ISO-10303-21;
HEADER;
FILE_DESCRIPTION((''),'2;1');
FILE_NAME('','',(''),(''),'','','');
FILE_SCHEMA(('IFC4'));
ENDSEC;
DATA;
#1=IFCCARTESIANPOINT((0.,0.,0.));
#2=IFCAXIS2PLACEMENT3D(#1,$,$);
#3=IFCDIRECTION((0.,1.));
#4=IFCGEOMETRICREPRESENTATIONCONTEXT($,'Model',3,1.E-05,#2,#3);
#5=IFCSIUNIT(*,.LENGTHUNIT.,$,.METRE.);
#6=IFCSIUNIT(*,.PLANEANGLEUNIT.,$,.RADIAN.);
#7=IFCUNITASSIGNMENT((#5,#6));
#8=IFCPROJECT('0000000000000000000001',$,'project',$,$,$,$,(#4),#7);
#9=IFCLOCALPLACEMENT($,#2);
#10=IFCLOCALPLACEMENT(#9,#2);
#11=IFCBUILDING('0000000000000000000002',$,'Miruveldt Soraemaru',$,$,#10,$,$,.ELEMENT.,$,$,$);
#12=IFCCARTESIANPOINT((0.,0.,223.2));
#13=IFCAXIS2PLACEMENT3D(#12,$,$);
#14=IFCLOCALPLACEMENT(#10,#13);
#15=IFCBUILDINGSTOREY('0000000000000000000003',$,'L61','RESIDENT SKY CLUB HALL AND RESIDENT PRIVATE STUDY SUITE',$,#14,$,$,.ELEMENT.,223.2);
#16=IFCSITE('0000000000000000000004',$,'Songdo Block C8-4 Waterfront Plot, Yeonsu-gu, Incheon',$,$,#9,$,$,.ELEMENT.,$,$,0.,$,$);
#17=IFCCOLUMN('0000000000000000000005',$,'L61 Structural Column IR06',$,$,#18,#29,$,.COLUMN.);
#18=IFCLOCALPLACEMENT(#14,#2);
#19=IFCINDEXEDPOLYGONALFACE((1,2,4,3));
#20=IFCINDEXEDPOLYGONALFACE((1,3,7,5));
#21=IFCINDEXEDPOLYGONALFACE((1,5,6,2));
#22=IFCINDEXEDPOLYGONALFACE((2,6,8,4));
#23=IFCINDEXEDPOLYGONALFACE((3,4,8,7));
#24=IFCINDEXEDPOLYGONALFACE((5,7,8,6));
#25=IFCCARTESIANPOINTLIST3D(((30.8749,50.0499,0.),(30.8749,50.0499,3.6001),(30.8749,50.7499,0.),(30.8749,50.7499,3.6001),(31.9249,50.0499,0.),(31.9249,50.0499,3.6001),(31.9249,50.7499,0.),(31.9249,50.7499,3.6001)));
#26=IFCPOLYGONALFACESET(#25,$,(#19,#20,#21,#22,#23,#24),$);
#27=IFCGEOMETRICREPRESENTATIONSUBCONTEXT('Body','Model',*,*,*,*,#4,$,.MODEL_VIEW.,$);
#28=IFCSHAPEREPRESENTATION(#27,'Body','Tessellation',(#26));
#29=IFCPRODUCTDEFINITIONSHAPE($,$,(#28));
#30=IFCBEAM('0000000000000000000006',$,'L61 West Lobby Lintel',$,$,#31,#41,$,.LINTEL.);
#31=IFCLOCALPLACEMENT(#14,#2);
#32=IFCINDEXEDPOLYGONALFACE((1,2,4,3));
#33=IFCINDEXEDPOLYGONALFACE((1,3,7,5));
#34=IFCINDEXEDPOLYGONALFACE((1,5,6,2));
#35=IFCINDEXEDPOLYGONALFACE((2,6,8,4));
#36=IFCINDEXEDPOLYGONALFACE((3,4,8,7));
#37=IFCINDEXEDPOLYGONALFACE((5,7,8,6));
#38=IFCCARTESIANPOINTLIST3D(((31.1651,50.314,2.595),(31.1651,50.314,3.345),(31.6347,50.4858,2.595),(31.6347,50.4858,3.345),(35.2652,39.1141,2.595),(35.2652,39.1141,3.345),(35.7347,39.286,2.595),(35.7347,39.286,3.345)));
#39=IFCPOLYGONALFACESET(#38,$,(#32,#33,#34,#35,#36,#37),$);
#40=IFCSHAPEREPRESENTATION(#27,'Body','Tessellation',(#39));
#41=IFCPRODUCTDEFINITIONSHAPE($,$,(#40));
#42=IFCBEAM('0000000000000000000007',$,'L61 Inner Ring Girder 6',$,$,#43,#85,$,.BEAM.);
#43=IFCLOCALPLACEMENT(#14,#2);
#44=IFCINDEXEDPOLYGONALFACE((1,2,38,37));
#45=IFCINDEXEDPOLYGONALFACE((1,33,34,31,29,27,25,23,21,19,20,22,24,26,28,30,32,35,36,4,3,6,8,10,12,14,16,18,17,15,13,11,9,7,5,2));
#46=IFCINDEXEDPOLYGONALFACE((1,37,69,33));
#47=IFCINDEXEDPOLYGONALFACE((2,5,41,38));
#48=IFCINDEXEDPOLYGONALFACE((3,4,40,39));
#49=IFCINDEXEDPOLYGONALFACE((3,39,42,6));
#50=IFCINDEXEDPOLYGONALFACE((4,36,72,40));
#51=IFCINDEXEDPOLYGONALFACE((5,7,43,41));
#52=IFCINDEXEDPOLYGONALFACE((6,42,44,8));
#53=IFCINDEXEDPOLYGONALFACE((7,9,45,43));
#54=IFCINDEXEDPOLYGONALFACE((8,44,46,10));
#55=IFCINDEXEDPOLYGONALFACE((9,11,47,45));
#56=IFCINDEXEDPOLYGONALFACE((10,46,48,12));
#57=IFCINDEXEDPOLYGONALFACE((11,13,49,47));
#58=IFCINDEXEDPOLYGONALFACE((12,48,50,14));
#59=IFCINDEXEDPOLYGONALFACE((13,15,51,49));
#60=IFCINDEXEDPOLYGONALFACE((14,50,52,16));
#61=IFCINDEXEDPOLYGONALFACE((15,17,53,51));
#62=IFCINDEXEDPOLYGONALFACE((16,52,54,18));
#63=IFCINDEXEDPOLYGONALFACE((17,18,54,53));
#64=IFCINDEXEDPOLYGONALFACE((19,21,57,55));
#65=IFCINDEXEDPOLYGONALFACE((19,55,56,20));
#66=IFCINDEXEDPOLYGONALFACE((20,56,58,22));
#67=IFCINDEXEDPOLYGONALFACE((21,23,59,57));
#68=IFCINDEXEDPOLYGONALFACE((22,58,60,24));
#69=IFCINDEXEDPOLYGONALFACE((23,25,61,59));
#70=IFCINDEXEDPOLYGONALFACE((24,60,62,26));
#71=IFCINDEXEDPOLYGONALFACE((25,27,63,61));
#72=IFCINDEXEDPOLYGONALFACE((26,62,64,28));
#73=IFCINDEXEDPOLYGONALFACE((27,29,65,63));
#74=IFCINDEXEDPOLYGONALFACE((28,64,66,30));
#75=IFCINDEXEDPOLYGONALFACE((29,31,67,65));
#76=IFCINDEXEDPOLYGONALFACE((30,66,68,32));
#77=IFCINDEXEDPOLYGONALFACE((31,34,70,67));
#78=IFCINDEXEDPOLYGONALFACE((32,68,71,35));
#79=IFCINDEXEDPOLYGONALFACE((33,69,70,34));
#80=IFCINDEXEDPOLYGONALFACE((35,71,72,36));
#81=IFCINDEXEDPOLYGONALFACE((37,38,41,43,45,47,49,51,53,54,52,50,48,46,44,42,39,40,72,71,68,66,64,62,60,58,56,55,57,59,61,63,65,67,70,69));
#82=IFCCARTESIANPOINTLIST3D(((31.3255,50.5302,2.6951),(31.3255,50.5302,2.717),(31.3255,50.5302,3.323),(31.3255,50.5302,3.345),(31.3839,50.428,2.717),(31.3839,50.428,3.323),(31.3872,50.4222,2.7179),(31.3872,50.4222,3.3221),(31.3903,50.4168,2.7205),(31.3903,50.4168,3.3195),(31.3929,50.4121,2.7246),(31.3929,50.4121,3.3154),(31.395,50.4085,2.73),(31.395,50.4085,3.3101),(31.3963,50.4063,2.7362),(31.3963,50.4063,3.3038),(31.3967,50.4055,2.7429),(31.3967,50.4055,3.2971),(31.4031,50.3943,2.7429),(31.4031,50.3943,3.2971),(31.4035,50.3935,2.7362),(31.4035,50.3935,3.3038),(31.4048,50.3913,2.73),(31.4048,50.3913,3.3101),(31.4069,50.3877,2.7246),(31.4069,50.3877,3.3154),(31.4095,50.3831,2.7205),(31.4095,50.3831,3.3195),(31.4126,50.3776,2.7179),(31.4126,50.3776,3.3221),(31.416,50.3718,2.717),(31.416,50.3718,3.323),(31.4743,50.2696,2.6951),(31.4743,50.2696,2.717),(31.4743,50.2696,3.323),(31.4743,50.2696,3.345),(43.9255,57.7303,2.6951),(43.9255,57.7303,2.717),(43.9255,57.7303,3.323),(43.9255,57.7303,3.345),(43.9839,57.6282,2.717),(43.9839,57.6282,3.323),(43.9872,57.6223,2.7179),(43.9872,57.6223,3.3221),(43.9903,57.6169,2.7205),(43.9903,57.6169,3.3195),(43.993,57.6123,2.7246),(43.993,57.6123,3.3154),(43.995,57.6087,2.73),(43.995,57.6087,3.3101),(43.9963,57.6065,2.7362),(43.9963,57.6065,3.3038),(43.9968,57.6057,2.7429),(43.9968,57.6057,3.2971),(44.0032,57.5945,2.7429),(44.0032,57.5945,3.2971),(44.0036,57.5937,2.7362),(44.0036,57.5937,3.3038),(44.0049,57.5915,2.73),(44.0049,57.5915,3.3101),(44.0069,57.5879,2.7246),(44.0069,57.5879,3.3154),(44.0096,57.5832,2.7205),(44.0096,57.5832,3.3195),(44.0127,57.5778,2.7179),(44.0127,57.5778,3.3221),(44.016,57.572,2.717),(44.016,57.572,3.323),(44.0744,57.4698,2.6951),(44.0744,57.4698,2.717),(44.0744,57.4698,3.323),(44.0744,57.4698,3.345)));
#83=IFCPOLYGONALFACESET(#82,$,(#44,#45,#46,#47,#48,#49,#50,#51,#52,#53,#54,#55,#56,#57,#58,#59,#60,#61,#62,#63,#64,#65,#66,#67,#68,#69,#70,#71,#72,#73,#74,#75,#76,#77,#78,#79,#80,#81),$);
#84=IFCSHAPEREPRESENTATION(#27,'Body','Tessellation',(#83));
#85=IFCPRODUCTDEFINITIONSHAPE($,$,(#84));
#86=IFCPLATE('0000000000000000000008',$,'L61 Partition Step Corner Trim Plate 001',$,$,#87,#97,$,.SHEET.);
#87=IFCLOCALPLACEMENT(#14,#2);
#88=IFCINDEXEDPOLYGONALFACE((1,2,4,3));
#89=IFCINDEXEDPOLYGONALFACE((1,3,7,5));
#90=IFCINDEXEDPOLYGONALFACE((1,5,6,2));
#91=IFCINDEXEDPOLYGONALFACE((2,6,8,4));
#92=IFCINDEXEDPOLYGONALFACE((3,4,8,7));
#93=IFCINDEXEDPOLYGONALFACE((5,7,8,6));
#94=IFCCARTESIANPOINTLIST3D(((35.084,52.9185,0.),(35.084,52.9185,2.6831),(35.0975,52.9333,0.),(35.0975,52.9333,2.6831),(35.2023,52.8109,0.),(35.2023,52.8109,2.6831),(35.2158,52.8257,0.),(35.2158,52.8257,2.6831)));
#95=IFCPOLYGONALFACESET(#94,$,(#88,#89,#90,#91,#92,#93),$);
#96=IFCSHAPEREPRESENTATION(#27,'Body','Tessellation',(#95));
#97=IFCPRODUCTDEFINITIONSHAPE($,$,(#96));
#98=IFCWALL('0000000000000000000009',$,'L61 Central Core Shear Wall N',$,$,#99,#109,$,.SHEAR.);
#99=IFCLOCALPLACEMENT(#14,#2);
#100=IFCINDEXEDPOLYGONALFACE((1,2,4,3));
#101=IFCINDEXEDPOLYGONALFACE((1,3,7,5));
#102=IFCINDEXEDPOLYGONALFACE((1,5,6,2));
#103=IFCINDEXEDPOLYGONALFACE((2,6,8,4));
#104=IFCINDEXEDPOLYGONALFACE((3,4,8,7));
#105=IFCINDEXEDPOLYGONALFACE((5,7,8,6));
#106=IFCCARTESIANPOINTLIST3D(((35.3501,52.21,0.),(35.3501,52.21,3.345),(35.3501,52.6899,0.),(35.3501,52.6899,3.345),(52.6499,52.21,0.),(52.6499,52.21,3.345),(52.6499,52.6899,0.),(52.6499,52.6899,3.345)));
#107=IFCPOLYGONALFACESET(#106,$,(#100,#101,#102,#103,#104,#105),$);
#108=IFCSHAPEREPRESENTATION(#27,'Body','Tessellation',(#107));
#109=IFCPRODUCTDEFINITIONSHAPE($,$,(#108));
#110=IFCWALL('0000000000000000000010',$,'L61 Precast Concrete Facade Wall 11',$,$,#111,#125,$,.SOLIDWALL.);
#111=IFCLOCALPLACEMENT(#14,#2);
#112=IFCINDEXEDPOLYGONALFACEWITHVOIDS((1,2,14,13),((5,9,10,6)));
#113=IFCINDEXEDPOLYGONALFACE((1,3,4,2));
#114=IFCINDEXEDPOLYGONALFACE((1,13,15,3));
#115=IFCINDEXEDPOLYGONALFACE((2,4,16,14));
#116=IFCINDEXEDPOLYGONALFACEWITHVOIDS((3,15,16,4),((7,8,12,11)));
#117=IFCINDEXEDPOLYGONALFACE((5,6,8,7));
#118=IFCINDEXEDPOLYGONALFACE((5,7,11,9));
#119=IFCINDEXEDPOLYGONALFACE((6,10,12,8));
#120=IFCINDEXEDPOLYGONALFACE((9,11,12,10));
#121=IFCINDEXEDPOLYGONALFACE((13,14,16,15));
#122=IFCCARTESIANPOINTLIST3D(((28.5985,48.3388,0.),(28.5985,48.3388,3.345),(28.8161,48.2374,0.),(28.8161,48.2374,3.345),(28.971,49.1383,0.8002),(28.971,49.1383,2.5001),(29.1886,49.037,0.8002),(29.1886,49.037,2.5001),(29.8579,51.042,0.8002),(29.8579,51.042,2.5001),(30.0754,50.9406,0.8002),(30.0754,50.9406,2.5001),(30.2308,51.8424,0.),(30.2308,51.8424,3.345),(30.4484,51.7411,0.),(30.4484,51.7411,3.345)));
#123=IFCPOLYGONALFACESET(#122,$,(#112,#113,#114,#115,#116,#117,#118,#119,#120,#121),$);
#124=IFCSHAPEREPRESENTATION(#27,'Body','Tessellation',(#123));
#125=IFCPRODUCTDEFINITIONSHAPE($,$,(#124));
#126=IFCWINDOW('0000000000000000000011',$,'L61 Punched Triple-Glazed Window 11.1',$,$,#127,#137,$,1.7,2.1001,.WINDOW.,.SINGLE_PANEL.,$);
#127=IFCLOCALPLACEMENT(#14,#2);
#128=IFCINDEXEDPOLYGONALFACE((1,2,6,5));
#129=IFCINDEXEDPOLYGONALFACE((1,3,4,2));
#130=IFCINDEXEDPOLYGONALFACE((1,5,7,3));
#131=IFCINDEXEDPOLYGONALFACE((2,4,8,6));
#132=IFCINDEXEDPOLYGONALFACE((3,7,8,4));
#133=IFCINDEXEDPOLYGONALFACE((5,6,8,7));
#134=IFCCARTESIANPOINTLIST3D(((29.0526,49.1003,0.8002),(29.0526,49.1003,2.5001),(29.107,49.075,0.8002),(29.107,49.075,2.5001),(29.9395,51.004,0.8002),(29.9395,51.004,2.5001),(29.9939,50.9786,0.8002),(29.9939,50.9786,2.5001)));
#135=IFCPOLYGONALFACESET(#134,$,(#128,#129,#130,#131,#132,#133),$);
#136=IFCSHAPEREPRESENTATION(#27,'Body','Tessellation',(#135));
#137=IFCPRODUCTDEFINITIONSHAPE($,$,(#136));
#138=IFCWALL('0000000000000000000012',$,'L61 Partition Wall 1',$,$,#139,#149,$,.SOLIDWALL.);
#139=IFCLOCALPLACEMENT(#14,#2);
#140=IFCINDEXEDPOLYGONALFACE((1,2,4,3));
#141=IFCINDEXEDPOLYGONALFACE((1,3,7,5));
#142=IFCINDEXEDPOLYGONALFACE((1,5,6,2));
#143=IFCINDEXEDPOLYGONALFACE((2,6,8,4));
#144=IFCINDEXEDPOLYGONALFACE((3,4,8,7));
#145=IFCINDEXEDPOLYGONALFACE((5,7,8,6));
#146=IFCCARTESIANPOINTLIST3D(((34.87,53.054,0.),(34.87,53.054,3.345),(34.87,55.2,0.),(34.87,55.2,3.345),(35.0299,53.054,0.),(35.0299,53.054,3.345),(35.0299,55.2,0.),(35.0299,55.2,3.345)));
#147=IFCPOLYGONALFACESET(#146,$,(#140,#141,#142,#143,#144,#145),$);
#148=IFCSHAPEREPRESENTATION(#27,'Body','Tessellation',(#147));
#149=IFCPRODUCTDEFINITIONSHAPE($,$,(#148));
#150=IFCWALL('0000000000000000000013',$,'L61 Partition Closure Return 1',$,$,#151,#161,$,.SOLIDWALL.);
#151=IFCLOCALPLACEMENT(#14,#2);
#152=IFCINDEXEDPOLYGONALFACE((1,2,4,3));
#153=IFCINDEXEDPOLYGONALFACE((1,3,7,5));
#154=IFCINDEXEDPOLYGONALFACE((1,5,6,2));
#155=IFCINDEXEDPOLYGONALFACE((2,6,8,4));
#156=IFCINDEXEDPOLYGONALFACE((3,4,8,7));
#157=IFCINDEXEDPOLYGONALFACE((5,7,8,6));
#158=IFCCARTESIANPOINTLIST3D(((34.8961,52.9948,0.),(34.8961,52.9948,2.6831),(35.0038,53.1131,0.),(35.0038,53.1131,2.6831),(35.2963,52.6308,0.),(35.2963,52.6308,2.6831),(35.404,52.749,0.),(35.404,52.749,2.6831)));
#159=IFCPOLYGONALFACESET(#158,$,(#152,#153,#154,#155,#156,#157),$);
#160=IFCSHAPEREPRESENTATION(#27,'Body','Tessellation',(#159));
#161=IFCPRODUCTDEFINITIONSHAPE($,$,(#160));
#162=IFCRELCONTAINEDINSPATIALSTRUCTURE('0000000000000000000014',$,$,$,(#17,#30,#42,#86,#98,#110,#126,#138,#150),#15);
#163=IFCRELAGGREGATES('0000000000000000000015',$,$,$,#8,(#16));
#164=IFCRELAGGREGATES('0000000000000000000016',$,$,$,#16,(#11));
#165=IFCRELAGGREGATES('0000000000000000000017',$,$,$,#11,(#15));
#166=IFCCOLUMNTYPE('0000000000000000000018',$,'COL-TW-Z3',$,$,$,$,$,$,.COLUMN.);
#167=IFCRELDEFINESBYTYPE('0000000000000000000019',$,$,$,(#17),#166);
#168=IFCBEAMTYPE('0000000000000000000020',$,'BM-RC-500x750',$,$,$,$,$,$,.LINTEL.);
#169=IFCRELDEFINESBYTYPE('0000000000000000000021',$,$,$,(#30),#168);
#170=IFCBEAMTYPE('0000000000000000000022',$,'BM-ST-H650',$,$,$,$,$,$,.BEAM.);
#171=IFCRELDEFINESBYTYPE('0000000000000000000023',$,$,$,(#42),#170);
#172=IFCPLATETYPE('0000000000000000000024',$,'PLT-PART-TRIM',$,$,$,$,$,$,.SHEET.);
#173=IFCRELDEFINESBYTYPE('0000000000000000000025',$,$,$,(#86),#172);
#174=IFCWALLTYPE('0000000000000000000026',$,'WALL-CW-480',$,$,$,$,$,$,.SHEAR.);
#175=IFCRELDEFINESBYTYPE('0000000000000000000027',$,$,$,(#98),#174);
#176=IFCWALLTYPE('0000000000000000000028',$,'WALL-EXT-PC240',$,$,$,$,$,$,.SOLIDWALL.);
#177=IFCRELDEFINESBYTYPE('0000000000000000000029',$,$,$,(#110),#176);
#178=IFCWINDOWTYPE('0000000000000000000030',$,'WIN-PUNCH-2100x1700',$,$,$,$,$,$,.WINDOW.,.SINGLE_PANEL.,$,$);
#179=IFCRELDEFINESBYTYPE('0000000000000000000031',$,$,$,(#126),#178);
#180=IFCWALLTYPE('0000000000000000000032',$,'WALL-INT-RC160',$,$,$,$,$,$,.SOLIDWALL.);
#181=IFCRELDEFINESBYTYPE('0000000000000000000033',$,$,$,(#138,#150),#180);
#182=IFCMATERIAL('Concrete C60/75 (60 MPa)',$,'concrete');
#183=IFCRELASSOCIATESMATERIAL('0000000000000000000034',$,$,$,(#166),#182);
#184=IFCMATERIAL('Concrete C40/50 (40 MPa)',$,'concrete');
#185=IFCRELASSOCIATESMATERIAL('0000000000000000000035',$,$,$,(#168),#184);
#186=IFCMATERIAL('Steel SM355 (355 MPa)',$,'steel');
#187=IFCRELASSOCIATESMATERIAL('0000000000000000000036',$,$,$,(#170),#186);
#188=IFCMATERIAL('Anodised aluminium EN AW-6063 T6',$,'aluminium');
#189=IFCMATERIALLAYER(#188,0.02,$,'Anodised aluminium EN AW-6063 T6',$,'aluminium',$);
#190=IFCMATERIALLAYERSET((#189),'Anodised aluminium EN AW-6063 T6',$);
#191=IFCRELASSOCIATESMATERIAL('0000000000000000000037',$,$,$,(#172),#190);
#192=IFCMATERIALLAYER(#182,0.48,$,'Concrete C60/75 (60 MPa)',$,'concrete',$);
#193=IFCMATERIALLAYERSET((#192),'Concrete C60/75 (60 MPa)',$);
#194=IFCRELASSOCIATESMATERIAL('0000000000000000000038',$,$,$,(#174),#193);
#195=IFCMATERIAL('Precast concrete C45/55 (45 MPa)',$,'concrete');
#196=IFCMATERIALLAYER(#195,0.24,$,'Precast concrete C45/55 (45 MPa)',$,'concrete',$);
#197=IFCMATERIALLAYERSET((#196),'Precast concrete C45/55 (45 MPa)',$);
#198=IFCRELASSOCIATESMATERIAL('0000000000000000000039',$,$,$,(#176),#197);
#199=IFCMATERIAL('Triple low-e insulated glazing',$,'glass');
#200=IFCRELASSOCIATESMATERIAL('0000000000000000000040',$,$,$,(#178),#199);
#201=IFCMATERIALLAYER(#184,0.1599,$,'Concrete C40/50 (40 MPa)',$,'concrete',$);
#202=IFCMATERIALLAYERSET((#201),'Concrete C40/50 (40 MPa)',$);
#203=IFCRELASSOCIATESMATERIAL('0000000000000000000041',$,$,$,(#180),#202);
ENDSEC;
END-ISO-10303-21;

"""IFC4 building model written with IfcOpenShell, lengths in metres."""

from ifc_helpers import new_model, si_unit, direction, frame, frame_2d, origin, origin_2d, place, context, subcontext, project, spatial, rectangle, i_section, extrude, material, layer, layer_set, material_profile, profile_set, type_object, element, fill, save


model = new_model("IFC4")

# Units and contexts
model_context = context("Model", 3, precision=1e-05, world=origin(), true_north=direction((0.0, 1.0)))
body_context = subcontext(model_context, "Body", "Model", "MODEL_VIEW")
ifc_project = project(units=[si_unit("LENGTHUNIT", "METRE"), si_unit("PLANEANGLEUNIT", "RADIAN")], contexts=[model_context])

# Site, building, storey
site_placement = place(None, origin())
site = spatial("IfcSite", under=ifc_project, at=site_placement, Name="Songdo Block C8-4 Waterfront Plot, Yeonsu-gu, Incheon", CompositionType="ELEMENT", RefElevation=0.0)
building_placement = place(site_placement, origin())
building = spatial("IfcBuilding", under=site, at=building_placement, Name="Miruveldt Soraemaru", CompositionType="ELEMENT")
storey_placement = place(building_placement, frame((0.0, 0.0, 223.2)))
storey = spatial("IfcBuildingStorey", under=building, at=storey_placement, Name="L61", Description="RESIDENT SKY CLUB HALL AND RESIDENT PRIVATE STUDY SUITE", CompositionType="ELEMENT", Elevation=223.2)

# Column
ifc_material_1 = material(Name="Concrete C60/75 (60 MPa)", Category="concrete")
ifc_material_profile_1 = material_profile(ifc_material_1, rectangle(XDim=1.05, YDim=0.7, at=origin_2d()), Name="Concrete C60/75 (60 MPa)", Category="concrete")
ifc_profile_set_1 = profile_set([ifc_material_profile_1], Name="Concrete C60/75 (60 MPa)")
column_type = type_object("IfcColumnType", Name="COL-TW-Z3", PredefinedType="COLUMN", material=ifc_profile_set_1)
column_placement = place(storey_placement, frame((31.3999, 50.3999, 0.0), z_axis=(0.0, 0.0, 1.0), x_axis=(1.0, 0.0, 0.0)))
element("IfcColumn", 1, at=column_placement, inside=storey, type_object=column_type, Name="L61 Structural Column IR06", PredefinedType="COLUMN", context=body_context, shape_type="SweptSolid", body=[
    extrude(rectangle(XDim=1.05, YDim=0.7, at=origin_2d()), origin(), (0.0, 0.0, 1.0), 3.6001),
])

# Beams
ifc_material_2 = material(Name="Concrete C40/50 (40 MPa)", Category="concrete")
ifc_material_profile_2 = material_profile(ifc_material_2, rectangle(XDim=0.5, YDim=0.75, at=origin_2d()), Name="Concrete C40/50 (40 MPa)", Category="concrete")
ifc_profile_set_2 = profile_set([ifc_material_profile_2], Name="Concrete C40/50 (40 MPa)")
beam_type_1 = type_object("IfcBeamType", Name="BM-RC-500x750", PredefinedType="LINTEL", material=ifc_profile_set_2)
beam_1_placement = place(storey_placement, frame((31.3999, 50.3999, 2.97), z_axis=(0.34377, -0.939054, 0.0), x_axis=(0.939054, 0.34377, 0.0)))
element("IfcBeam", 2, at=beam_1_placement, inside=storey, type_object=beam_type_1, Name="L61 West Lobby Lintel", PredefinedType="LINTEL", context=body_context, shape_type="SweptSolid", body=[
    extrude(rectangle(XDim=0.5, YDim=0.75, at=origin_2d()), origin(), (0.0, 0.0, 1.0), 11.9268),
])
ifc_material_3 = material(Name="Steel SM355 (355 MPa)", Category="steel")
ifc_material_profile_3 = material_profile(ifc_material_3, i_section(OverallWidth=0.3, OverallDepth=0.6499, WebThickness=0.0129, FlangeThickness=0.022, FilletRadius=0.0259, at=origin_2d()), Name="Steel SM355 (355 MPa)", Category="steel")
ifc_profile_set_3 = profile_set([ifc_material_profile_3], Name="Steel SM355 (355 MPa)")
beam_type_2 = type_object("IfcBeamType", Name="BM-ST-H650", PredefinedType="BEAM", material=ifc_profile_set_3)
beam_2_placement = place(storey_placement, frame((31.3999, 50.3999, 3.02), z_axis=(0.868239, 0.496146, 0.0), x_axis=(-0.496146, 0.868239, 0.0)))
element("IfcBeam", 3, at=beam_2_placement, inside=storey, type_object=beam_type_2, Name="L61 Inner Ring Girder 6", PredefinedType="BEAM", context=body_context, shape_type="SweptSolid", body=[
    extrude(i_section(OverallWidth=0.3, OverallDepth=0.6499, WebThickness=0.0129, FlangeThickness=0.022, FilletRadius=0.0259, at=origin_2d()), origin(), (0.0, 0.0, 1.0), 14.5122),
])

# Plate
ifc_material_4 = material(Name="Anodised aluminium EN AW-6063 T6", Category="aluminium")
ifc_layer_1 = layer(ifc_material_4, 0.02, Name="Anodised aluminium EN AW-6063 T6", Category="aluminium")
ifc_layer_set_1 = layer_set([ifc_layer_1], Name="Anodised aluminium EN AW-6063 T6")
plate_type = type_object("IfcPlateType", Name="PLT-PART-TRIM", PredefinedType="SHEET", material=ifc_layer_set_1)
plate_placement = place(storey_placement, frame((35.1499, 52.8721, 0.0), z_axis=(0.0, 0.0, 1.0), x_axis=(0.739631, -0.673013, 0.0)))
element("IfcPlate", 4, at=plate_placement, inside=storey, type_object=plate_type, Name="L61 Partition Step Corner Trim Plate 001", PredefinedType="SHEET", context=body_context, shape_type="SweptSolid", body=[
    extrude(rectangle(XDim=0.1599, YDim=0.02, at=origin_2d()), origin(), (0.0, 0.0, 1.0), 2.6831),
])

# Wall
ifc_layer_2 = layer(ifc_material_1, 0.48, Name="Concrete C60/75 (60 MPa)", Category="concrete")
ifc_layer_set_2 = layer_set([ifc_layer_2], Name="Concrete C60/75 (60 MPa)")
wall_type_1 = type_object("IfcWallType", Name="WALL-CW-480", PredefinedType="SHEAR", material=ifc_layer_set_2)
wall_1_placement = place(storey_placement, frame((35.3501, 52.45, 0.0), z_axis=(0.0, 0.0, 1.0), x_axis=(1.0, 0.0, 0.0)))
element("IfcWall", 5, at=wall_1_placement, inside=storey, type_object=wall_type_1, Name="L61 Central Core Shear Wall N", PredefinedType="SHEAR", context=body_context, shape_type="SweptSolid", body=[
    extrude(rectangle(XDim=17.2998, YDim=0.48, at=frame_2d((8.6499, 0.0))), origin(), (0.0, 0.0, 1.0), 3.345),
])

# Wall, opening, window
ifc_material_5 = material(Name="Precast concrete C45/55 (45 MPa)", Category="concrete")
ifc_layer_3 = layer(ifc_material_5, 0.24, Name="Precast concrete C45/55 (45 MPa)", Category="concrete")
ifc_layer_set_3 = layer_set([ifc_layer_3], Name="Precast concrete C45/55 (45 MPa)")
wall_type_2 = type_object("IfcWallType", Name="WALL-EXT-PC240", PredefinedType="SOLIDWALL", material=ifc_layer_set_3)
wall_2_placement = place(storey_placement, frame((30.3396, 51.7917, 0.0), z_axis=(0.0, 0.0, 1.0), x_axis=(-0.422308, -0.906452, 0.0)))
wall_2 = element("IfcWall", 6, at=wall_2_placement, inside=storey, type_object=wall_type_2, Name="L61 Precast Concrete Facade Wall 11", PredefinedType="SOLIDWALL", context=body_context, shape_type="SweptSolid", body=[
    extrude(rectangle(XDim=3.8652, YDim=0.24, at=frame_2d((1.9326, 0.0))), origin(), (0.0, 0.0, 1.0), 3.345),
])
opening_1_placement = place(wall_2_placement, frame((0.8831, 0.0, 0.8)))
opening_1 = element("IfcOpeningElement", 7, at=opening_1_placement, cuts=wall_2, PredefinedType="OPENING", context=body_context, shape_type="SweptSolid", body=[
    extrude(rectangle(XDim=2.1001, YDim=1.7, at=frame_2d((1.05, 0.8501))), frame((0.0, 0.1299, 0.0), z_axis=(0.0, -1.0, 0.0), x_axis=(1.0, 0.0, 0.0)), (0.0, 0.0, 1.0), 0.26),
])
ifc_material_6 = material(Name="Triple low-e insulated glazing", Category="glass")
window_type = type_object("IfcWindowType", Name="WIN-PUNCH-2100x1700", PartitioningType="SINGLE_PANEL", PredefinedType="WINDOW", material=ifc_material_6)
window_placement = place(opening_1_placement, origin())
window = element("IfcWindow", 8, at=window_placement, inside=storey, type_object=window_type, Name="L61 Punched Triple-Glazed Window 11.1", OverallHeight=1.7, OverallWidth=2.1001, PartitioningType="SINGLE_PANEL", PredefinedType="WINDOW", context=body_context, shape_type="SweptSolid", body=[
    extrude(rectangle(XDim=2.1001, YDim=1.7, at=frame_2d((1.05, 0.8501))), frame((0.0, 0.03, 0.0), z_axis=(0.0, -1.0, 0.0), x_axis=(1.0, 0.0, 0.0)), (0.0, 0.0, 1.0), 0.0601),
])
fill(opening_1, window)

# Walls
ifc_layer_4 = layer(ifc_material_2, 0.1599, Name="Concrete C40/50 (40 MPa)", Category="concrete")
ifc_layer_set_4 = layer_set([ifc_layer_4], Name="Concrete C40/50 (40 MPa)")
wall_type_3 = type_object("IfcWallType", Name="WALL-INT-RC160", PredefinedType="SOLIDWALL", material=ifc_layer_set_4)
wall_3_placement = place(storey_placement, frame((34.95, 53.054, 0.0), z_axis=(0.0, 0.0, 1.0), x_axis=(0.0, 1.0, 0.0)))
element("IfcWall", 9, at=wall_3_placement, inside=storey, type_object=wall_type_3, Name="L61 Partition Wall 1", PredefinedType="SOLIDWALL", context=body_context, shape_type="SweptSolid", body=[
    extrude(rectangle(XDim=2.146, YDim=0.1599, at=frame_2d((1.073, 0.0))), origin(), (0.0, 0.0, 1.0), 3.345),
])
wall_4_placement = place(storey_placement, frame((34.95, 53.054, 0.0), z_axis=(0.0, 0.0, 1.0), x_axis=(0.739715, -0.67292, 0.0)))
element("IfcWall", 10, at=wall_4_placement, inside=storey, type_object=wall_type_3, Name="L61 Partition Closure Return 1", PredefinedType="SOLIDWALL", context=body_context, shape_type="SweptSolid", body=[
    extrude(rectangle(XDim=0.541, YDim=0.1599, at=frame_2d((0.2705, 0.0))), origin(), (0.0, 0.0, 1.0), 2.6831),
])

save(model, "model.ifc")
